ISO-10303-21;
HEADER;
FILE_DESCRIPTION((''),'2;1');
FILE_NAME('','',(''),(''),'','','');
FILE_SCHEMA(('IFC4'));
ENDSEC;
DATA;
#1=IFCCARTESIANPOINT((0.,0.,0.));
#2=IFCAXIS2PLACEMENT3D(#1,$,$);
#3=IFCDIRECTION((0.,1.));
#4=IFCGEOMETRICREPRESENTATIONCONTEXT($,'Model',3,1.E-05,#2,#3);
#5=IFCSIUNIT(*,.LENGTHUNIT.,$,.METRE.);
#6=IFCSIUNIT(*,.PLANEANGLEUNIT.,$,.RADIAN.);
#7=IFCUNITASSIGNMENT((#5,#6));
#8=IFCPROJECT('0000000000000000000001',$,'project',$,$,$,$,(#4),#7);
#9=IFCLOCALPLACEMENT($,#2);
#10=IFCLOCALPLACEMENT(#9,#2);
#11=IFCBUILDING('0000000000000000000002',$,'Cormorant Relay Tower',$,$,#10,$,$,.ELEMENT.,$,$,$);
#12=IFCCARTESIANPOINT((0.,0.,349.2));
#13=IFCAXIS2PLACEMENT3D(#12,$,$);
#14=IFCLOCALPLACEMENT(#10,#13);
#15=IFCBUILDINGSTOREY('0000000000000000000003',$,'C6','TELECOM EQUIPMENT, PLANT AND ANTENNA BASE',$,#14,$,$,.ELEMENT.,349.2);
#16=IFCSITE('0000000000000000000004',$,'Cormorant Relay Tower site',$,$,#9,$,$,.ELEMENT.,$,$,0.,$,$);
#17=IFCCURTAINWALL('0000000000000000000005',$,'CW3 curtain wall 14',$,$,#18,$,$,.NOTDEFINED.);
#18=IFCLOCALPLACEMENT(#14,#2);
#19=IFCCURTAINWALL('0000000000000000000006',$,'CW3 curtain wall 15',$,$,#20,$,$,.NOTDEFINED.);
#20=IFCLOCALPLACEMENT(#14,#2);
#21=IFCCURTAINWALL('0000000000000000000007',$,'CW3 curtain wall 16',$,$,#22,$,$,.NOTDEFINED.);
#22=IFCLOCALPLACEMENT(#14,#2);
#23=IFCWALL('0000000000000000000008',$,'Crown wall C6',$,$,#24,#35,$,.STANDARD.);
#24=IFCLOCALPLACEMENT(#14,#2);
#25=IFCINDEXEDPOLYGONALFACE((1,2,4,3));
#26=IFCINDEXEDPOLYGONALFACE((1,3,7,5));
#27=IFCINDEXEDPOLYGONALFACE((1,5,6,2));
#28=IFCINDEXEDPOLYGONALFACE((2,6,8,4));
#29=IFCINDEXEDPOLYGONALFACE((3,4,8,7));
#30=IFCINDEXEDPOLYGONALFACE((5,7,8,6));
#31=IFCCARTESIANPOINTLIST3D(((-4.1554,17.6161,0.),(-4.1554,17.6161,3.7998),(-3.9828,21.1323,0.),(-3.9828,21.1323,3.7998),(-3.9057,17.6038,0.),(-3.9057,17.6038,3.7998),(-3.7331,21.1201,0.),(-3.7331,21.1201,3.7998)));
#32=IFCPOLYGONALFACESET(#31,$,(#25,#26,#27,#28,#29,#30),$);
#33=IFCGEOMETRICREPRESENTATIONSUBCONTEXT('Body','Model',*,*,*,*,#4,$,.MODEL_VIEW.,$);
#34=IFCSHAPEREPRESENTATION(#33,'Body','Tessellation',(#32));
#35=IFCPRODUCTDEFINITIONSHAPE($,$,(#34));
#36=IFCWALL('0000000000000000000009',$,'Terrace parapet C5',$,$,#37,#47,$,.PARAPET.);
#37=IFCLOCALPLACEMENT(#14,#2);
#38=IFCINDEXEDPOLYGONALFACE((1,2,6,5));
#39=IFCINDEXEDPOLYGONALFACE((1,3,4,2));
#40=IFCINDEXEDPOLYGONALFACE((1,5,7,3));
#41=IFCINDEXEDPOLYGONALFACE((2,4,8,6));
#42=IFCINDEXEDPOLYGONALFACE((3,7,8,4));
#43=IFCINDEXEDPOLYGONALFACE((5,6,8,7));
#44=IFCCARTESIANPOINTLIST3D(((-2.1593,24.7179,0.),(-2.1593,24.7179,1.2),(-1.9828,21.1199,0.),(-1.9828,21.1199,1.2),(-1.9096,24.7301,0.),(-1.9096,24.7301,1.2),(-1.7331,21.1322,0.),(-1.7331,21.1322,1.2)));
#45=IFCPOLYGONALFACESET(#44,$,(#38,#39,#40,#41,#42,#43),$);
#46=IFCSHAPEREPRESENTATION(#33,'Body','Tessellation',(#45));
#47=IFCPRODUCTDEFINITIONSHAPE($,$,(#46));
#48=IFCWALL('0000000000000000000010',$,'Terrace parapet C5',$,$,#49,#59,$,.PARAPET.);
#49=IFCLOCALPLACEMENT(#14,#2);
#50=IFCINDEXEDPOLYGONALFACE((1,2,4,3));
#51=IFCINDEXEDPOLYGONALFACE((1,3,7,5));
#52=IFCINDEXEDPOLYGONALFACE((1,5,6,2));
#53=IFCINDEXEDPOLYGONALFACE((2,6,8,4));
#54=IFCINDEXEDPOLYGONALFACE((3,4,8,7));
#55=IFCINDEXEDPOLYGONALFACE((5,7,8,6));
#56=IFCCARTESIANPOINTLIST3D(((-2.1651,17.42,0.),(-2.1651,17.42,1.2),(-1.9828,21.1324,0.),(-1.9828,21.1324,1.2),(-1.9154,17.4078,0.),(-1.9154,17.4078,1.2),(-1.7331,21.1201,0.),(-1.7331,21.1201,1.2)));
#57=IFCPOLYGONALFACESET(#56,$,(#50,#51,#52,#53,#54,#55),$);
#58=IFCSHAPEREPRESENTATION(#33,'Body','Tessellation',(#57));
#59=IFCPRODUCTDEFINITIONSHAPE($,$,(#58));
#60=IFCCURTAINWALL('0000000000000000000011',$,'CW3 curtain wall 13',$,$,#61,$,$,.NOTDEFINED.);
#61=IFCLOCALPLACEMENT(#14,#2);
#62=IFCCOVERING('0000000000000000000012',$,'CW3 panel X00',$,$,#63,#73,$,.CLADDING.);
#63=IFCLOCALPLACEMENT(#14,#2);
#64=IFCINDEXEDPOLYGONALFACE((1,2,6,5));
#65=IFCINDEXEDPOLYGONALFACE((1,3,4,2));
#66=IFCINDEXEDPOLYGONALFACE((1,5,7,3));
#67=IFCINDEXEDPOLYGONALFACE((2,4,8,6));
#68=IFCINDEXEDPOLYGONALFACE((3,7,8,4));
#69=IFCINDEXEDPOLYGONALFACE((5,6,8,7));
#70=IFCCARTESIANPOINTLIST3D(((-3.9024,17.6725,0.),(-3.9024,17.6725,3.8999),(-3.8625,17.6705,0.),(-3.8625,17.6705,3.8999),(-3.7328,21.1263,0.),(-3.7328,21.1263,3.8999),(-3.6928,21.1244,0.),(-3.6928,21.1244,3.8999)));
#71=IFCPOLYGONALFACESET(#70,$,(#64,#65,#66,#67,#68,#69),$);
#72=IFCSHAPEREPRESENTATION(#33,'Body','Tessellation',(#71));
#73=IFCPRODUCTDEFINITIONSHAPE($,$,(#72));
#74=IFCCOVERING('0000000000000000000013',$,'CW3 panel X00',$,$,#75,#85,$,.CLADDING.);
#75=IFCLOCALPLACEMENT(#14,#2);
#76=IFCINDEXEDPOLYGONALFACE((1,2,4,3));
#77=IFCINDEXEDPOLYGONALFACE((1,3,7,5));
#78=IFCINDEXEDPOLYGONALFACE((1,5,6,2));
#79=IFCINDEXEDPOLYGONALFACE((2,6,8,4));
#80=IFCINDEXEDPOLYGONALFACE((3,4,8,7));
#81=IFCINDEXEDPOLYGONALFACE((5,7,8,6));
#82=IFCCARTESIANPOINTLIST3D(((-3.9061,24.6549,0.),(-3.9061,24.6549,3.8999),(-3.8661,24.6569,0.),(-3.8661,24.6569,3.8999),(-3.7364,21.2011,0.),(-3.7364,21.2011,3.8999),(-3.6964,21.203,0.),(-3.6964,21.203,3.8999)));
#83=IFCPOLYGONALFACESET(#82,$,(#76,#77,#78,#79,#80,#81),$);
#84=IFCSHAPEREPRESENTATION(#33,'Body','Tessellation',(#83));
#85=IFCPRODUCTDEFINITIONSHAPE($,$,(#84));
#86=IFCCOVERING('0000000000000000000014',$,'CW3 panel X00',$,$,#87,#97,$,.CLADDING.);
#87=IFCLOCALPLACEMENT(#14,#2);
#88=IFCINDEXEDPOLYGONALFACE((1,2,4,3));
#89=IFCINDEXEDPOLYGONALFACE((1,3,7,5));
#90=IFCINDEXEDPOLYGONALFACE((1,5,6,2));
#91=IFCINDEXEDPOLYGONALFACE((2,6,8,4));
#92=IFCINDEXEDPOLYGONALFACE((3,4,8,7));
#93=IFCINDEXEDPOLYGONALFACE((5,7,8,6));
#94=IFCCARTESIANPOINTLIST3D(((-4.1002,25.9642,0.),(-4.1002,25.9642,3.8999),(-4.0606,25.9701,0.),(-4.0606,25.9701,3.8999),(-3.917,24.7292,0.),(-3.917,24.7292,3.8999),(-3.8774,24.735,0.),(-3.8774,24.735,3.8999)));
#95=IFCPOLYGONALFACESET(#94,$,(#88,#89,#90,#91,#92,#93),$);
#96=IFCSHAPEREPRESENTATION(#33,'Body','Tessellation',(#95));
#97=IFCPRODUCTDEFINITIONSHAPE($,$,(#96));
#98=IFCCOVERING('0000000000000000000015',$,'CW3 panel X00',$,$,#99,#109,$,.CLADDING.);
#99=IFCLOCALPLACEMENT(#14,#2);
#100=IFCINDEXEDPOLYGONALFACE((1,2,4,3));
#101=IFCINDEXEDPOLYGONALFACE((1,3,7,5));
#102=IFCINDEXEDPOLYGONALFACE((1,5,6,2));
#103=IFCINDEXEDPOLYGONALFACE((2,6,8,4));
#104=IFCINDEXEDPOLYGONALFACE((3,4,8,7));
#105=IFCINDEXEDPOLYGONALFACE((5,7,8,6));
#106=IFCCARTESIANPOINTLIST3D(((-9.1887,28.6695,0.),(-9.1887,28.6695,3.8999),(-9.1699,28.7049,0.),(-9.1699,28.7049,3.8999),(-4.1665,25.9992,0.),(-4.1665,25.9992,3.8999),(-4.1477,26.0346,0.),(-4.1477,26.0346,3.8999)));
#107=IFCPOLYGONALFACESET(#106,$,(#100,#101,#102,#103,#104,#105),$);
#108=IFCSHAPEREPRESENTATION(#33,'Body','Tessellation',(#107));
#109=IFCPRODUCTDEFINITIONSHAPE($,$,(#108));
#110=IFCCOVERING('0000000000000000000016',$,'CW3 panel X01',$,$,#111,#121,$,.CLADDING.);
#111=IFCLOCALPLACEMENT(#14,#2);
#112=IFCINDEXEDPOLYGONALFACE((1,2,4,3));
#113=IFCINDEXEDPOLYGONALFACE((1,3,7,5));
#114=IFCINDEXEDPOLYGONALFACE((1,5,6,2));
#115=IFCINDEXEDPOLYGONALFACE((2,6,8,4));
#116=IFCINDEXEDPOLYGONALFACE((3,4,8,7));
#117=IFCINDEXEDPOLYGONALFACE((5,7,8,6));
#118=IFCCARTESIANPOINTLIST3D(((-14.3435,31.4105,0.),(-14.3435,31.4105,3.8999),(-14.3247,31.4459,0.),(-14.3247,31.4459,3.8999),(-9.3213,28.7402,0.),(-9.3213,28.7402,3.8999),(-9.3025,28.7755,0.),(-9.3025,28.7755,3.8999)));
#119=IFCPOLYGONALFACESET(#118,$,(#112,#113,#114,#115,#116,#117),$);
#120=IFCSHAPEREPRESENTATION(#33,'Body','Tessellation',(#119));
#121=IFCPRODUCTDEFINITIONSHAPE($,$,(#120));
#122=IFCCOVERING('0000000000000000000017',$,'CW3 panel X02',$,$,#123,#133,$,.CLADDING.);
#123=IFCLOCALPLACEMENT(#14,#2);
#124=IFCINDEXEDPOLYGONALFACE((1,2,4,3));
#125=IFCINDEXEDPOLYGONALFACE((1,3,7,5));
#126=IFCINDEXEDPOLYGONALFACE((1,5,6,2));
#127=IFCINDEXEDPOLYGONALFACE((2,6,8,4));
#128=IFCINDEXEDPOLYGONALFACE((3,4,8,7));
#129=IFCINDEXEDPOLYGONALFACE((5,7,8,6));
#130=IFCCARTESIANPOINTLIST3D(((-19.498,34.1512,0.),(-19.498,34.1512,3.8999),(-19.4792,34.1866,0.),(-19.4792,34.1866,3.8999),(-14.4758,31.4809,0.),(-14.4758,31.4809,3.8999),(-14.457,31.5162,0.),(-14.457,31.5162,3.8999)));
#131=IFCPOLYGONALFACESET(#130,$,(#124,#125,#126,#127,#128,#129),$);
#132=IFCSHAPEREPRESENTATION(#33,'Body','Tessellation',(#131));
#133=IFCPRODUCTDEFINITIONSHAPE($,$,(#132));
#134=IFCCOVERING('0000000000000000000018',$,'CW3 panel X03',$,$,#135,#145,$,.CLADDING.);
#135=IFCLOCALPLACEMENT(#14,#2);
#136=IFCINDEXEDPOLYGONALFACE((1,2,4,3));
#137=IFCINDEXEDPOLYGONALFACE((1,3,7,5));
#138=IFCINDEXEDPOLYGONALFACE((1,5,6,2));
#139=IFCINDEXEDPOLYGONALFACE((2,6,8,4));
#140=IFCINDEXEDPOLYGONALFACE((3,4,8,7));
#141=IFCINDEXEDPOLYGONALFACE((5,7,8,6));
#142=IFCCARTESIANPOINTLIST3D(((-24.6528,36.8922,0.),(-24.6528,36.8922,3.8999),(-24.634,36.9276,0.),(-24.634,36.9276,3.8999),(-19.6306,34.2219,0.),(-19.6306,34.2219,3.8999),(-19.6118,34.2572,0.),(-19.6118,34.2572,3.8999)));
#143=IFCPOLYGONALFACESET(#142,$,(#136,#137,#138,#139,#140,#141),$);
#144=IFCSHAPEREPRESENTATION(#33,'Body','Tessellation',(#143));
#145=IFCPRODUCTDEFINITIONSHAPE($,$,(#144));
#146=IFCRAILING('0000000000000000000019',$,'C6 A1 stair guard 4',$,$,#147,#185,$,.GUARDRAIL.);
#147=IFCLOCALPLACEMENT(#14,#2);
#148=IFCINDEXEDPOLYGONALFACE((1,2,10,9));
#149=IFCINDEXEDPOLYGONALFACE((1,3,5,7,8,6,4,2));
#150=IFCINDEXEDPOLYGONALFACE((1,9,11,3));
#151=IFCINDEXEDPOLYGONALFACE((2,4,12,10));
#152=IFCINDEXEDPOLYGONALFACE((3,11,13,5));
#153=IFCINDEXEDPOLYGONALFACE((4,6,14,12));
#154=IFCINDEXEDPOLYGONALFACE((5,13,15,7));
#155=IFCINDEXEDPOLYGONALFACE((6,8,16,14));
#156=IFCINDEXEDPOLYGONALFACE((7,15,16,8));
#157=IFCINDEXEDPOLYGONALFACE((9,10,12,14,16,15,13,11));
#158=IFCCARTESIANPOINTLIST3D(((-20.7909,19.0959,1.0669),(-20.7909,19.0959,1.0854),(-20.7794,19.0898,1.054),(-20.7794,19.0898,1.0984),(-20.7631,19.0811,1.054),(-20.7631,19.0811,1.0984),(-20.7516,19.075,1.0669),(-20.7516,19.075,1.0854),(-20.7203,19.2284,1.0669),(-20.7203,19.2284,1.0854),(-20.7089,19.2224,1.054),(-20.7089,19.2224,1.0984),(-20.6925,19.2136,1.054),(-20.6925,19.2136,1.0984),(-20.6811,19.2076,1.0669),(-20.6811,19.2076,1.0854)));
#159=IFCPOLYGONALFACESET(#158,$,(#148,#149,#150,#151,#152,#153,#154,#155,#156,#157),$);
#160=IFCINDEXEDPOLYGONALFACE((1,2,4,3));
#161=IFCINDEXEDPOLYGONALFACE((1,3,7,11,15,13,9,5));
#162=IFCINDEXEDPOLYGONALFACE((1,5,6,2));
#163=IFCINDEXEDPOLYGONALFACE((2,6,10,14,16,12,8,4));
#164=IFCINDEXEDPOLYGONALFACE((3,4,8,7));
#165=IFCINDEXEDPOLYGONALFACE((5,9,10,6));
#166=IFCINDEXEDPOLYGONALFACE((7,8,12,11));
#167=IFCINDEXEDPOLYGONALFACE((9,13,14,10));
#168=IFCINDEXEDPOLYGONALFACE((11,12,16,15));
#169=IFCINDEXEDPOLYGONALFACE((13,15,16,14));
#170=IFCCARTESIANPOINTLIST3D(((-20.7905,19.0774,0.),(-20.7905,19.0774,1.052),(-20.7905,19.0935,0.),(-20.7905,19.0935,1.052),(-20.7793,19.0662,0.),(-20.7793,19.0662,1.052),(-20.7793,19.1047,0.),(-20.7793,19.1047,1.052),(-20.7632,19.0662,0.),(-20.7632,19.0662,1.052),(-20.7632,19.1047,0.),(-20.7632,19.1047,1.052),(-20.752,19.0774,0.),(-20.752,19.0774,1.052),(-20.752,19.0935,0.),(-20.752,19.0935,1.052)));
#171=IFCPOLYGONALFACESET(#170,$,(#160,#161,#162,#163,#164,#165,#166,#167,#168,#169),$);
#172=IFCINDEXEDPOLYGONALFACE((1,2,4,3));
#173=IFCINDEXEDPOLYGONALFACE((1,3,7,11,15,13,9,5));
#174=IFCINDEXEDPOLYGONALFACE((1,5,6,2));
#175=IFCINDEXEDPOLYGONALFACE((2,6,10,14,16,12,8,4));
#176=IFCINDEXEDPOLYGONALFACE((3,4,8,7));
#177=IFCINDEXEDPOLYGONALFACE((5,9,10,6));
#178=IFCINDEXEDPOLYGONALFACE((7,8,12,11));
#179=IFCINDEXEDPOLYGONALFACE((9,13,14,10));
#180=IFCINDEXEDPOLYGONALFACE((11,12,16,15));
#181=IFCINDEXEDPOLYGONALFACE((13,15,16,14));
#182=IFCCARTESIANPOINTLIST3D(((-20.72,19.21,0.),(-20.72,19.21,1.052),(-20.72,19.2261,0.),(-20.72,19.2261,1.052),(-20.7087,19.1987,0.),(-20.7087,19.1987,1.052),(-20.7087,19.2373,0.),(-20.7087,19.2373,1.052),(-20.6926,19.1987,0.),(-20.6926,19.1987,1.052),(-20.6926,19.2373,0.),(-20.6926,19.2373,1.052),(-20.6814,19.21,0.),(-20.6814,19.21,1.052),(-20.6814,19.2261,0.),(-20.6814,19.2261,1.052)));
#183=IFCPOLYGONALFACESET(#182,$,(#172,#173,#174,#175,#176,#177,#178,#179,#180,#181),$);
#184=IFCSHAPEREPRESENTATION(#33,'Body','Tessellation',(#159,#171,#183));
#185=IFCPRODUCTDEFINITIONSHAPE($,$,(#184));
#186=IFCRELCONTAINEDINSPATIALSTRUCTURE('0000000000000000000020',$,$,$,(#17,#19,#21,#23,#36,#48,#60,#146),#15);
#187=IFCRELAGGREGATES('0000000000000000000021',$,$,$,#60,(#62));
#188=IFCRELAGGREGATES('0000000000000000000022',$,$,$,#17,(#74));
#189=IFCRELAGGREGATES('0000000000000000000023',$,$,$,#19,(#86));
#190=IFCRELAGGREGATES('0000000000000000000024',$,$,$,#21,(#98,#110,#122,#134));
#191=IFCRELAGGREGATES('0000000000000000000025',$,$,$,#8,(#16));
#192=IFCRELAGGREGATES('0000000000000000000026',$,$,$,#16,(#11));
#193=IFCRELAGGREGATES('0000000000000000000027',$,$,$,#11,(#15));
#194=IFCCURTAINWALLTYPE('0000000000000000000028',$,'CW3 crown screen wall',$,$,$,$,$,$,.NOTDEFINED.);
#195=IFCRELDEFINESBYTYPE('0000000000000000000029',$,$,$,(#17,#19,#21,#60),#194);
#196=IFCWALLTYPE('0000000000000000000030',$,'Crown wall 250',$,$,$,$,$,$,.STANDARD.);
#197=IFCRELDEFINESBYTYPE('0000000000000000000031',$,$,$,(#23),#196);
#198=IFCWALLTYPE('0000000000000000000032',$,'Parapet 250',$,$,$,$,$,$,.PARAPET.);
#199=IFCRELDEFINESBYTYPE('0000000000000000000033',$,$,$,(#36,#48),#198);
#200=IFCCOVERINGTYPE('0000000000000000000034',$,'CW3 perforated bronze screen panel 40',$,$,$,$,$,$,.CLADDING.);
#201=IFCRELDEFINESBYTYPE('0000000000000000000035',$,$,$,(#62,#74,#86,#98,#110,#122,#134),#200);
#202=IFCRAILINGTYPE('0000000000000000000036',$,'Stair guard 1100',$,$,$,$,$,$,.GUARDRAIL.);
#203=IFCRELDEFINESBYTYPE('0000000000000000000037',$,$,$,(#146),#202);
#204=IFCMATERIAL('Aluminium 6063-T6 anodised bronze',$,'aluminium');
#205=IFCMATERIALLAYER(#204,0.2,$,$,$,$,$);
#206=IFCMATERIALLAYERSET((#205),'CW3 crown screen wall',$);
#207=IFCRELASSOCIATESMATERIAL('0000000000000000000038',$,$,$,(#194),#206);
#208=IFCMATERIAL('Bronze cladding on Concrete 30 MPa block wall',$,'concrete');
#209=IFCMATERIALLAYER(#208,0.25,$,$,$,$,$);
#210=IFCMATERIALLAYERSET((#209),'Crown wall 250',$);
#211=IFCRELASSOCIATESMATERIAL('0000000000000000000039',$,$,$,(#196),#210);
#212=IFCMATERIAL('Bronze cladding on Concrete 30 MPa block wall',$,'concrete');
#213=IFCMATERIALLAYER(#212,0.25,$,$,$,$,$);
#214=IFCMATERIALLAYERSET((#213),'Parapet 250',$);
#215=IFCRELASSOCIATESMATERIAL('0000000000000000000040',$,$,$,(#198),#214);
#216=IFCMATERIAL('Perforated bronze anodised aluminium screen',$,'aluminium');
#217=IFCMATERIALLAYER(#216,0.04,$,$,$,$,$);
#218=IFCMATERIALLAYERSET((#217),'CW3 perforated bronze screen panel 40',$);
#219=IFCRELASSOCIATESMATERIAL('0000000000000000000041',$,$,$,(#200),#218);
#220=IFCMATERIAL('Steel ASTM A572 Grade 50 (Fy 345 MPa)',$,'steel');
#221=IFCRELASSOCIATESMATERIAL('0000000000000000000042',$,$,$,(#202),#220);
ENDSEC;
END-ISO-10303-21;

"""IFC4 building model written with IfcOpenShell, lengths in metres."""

from ifc_helpers import new_model, si_unit, direction, frame, frame_2d, origin, origin_2d, place, context, subcontext, project, spatial, polyline, rectangle, outline, extrude, material, layer, layer_set, type_object, element, aggregate, save


model = new_model("IFC4")

# Units and contexts
model_context = context("Model", 3, precision=1e-05, world=origin(), true_north=direction((0.0, 1.0)))
body_context = subcontext(model_context, "Body", "Model", "MODEL_VIEW")
ifc_project = project(units=[si_unit("LENGTHUNIT", "METRE"), si_unit("PLANEANGLEUNIT", "RADIAN")], contexts=[model_context])

# Site, building, storey
site_placement = place(None, origin())
site = spatial("IfcSite", under=ifc_project, at=site_placement, Name="Cormorant Relay Tower site", CompositionType="ELEMENT", RefElevation=0.0)
building_placement = place(site_placement, origin())
building = spatial("IfcBuilding", under=site, at=building_placement, Name="Cormorant Relay Tower", CompositionType="ELEMENT")
storey_placement = place(building_placement, frame((0.0, 0.0, 349.2)))
storey = spatial("IfcBuildingStorey", under=building, at=storey_placement, Name="C6", Description="TELECOM EQUIPMENT, PLANT AND ANTENNA BASE", CompositionType="ELEMENT", Elevation=349.2)

# Curtain walls
ifc_material_1 = material(Name="Aluminium 6063-T6 anodised bronze", Category="aluminium")
ifc_layer_1 = layer(ifc_material_1, 0.2)
ifc_layer_set_1 = layer_set([ifc_layer_1], Name="CW3 crown screen wall")
curtain_wall_type = type_object("IfcCurtainWallType", Name="CW3 crown screen wall", PredefinedType="NOTDEFINED", material=ifc_layer_set_1)
curtain_wall_1_placement = place(storey_placement, origin())
curtain_wall_1 = element("IfcCurtainWall", 1, at=curtain_wall_1_placement, inside=storey, type_object=curtain_wall_type, Name="CW3 curtain wall 14", PredefinedType="NOTDEFINED")
curtain_wall_2_placement = place(storey_placement, origin())
curtain_wall_2 = element("IfcCurtainWall", 2, at=curtain_wall_2_placement, inside=storey, type_object=curtain_wall_type, Name="CW3 curtain wall 15", PredefinedType="NOTDEFINED")

# Curtain wall
curtain_wall_3_placement = place(storey_placement, origin())
curtain_wall_3 = element("IfcCurtainWall", 3, at=curtain_wall_3_placement, inside=storey, type_object=curtain_wall_type, Name="CW3 curtain wall 16", PredefinedType="NOTDEFINED")

# Walls
ifc_material_2 = material(Name="Bronze cladding on Concrete 30 MPa block wall", Category="concrete")
ifc_layer_2 = layer(ifc_material_2, 0.25)
ifc_layer_set_2 = layer_set([ifc_layer_2], Name="Crown wall 250")
wall_type_1 = type_object("IfcWallType", Name="Crown wall 250", PredefinedType="STANDARD", material=ifc_layer_set_2)
for number, where, z_axis, x_axis, name in (
    (4, (-3.8579, 21.1262, 0.0), (0.0, 0.0, 1.0), (-0.049028, -0.998797, 0.0), "Crown wall C6"),
):
    element("IfcWall", number, at=place(storey_placement, frame(where, z_axis=z_axis, x_axis=x_axis)), inside=storey, type_object=wall_type_1, Name=name, PredefinedType="STANDARD", context=body_context, shape_type="SweptSolid", body=[
        extrude(rectangle(XDim=3.5205, YDim=0.25, at=frame_2d((1.7603, 0.0))), origin(), (0.0, 0.0, 1.0), 3.7998),
    ])
ifc_material_3 = material(Name="Bronze cladding on Concrete 30 MPa block wall", Category="concrete")
ifc_layer_3 = layer(ifc_material_3, 0.25)
ifc_layer_set_3 = layer_set([ifc_layer_3], Name="Parapet 250")
wall_type_2 = type_object("IfcWallType", Name="Parapet 250", PredefinedType="PARAPET", material=ifc_layer_set_3)
wall_1_placement = place(storey_placement, frame((-2.0344, 24.7241, 0.0), z_axis=(0.0, 0.0, 1.0), x_axis=(0.049001, -0.998799, 0.0)))
element("IfcWall", 5, at=wall_1_placement, inside=storey, type_object=wall_type_2, Name="Terrace parapet C5", PredefinedType="PARAPET", context=body_context, shape_type="SweptSolid", body=[
    extrude(rectangle(XDim=3.6023, YDim=0.25, at=frame_2d((1.8013, 0.0))), origin(), (0.0, 0.0, 1.0), 1.2),
])
wall_2_placement = place(storey_placement, frame((-1.8579, 21.1262, 0.0), z_axis=(0.0, 0.0, 1.0), x_axis=(-0.049066, -0.998796, 0.0)))
element("IfcWall", 6, at=wall_2_placement, inside=storey, type_object=wall_type_2, Name="Terrace parapet C5", PredefinedType="PARAPET", context=body_context, shape_type="SweptSolid", body=[
    extrude(rectangle(XDim=3.7168, YDim=0.25, at=frame_2d((1.8584, 0.0))), origin(), (0.0, 0.0, 1.0), 1.2),
])

# Curtain wall, covering
curtain_wall_4_placement = place(storey_placement, origin())
curtain_wall_4 = element("IfcCurtainWall", 7, at=curtain_wall_4_placement, inside=storey, type_object=curtain_wall_type, Name="CW3 curtain wall 13", PredefinedType="NOTDEFINED")
ifc_material_4 = material(Name="Perforated bronze anodised aluminium screen", Category="aluminium")
ifc_layer_4 = layer(ifc_material_4, 0.04)
ifc_layer_set_4 = layer_set([ifc_layer_4], Name="CW3 perforated bronze screen panel 40")
covering_type = type_object("IfcCoveringType", Name="CW3 perforated bronze screen panel 40", PredefinedType="CLADDING", material=ifc_layer_set_4)
covering_1_placement = place(storey_placement, frame((-3.7976, 19.3984, 0.0), z_axis=(0.0, 0.0, 1.0), x_axis=(0.049068, 0.998795, 0.0)))
covering_1 = element("IfcCovering", 8, at=covering_1_placement, type_object=covering_type, Name="CW3 panel X00", PredefinedType="CLADDING", context=body_context, shape_type="SweptSolid", body=[
    extrude(rectangle(XDim=3.458, YDim=0.04, at=origin_2d()), origin(), (0.0, 0.0, 1.0), 3.8999),
])
aggregate(curtain_wall_4, [covering_1])

# Coverings
covering_2_placement = place(storey_placement, frame((-3.8013, 22.929, 0.0), z_axis=(0.0, 0.0, 1.0), x_axis=(-0.049068, 0.998795, 0.0)))
covering_2 = element("IfcCovering", 9, at=covering_2_placement, type_object=covering_type, Name="CW3 panel X00", PredefinedType="CLADDING", context=body_context, shape_type="SweptSolid", body=[
    extrude(rectangle(XDim=3.458, YDim=0.04, at=origin_2d()), origin(), (0.0, 0.0, 1.0), 3.8999),
])
aggregate(curtain_wall_1, [covering_2])
covering_3_placement = place(storey_placement, frame((-3.9888, 25.3496, 0.0), z_axis=(0.0, 0.0, 1.0), x_axis=(-0.14673, 0.989177, 0.0)))
covering_3 = element("IfcCovering", 10, at=covering_3_placement, type_object=covering_type, Name="CW3 panel X00", PredefinedType="CLADDING", context=body_context, shape_type="SweptSolid", body=[
    extrude(rectangle(XDim=1.2485, YDim=0.04, at=origin_2d()), origin(), (0.0, 0.0, 1.0), 3.8999),
])
aggregate(curtain_wall_2, [covering_3])
covering_4_placement = place(storey_placement, frame((-6.6682, 27.3521, 0.0), z_axis=(0.0, 0.0, 1.0), x_axis=(-0.882948, 0.469472, 0.0)))
covering_4 = element("IfcCovering", 11, at=covering_4_placement, type_object=covering_type, Name="CW3 panel X00", PredefinedType="CLADDING", context=body_context, shape_type="SweptSolid", body=[
    extrude(rectangle(XDim=5.688, YDim=0.04, at=origin_2d()), origin(), (0.0, 0.0, 1.0), 3.8999),
])
covering_5_placement = place(storey_placement, frame((-11.823, 30.093, 0.0), z_axis=(0.0, 0.0, 1.0), x_axis=(-0.882948, 0.469472, 0.0)))
covering_5 = element("IfcCovering", 12, at=covering_5_placement, type_object=covering_type, Name="CW3 panel X01", PredefinedType="CLADDING", context=body_context, shape_type="SweptSolid", body=[
    extrude(rectangle(XDim=5.688, YDim=0.04, at=origin_2d()), origin(), (0.0, 0.0, 1.0), 3.8999),
])
covering_6_placement = place(storey_placement, frame((-16.9775, 32.8337, 0.0), z_axis=(0.0, 0.0, 1.0), x_axis=(-0.882948, 0.469472, 0.0)))
covering_6 = element("IfcCovering", 13, at=covering_6_placement, type_object=covering_type, Name="CW3 panel X02", PredefinedType="CLADDING", context=body_context, shape_type="SweptSolid", body=[
    extrude(rectangle(XDim=5.688, YDim=0.04, at=origin_2d()), origin(), (0.0, 0.0, 1.0), 3.8999),
])
covering_7_placement = place(storey_placement, frame((-22.1323, 35.5747, 0.0), z_axis=(0.0, 0.0, 1.0), x_axis=(-0.882948, 0.469472, 0.0)))
covering_7 = element("IfcCovering", 14, at=covering_7_placement, type_object=covering_type, Name="CW3 panel X03", PredefinedType="CLADDING", context=body_context, shape_type="SweptSolid", body=[
    extrude(rectangle(XDim=5.688, YDim=0.04, at=origin_2d()), origin(), (0.0, 0.0, 1.0), 3.8999),
])
aggregate(curtain_wall_3, [covering_4, covering_5, covering_6, covering_7])

# Railing
ifc_material_5 = material(Name="Steel ASTM A572 Grade 50 (Fy 345 MPa)", Category="steel")
railing_type_1 = type_object("IfcRailingType", Name="Stair guard 1100", PredefinedType="GUARDRAIL", material=ifc_material_5)
railing_1_placement = place(storey_placement, frame((-20.7712, 19.0854, 0.0)))
element("IfcRailing", 15, at=railing_1_placement, inside=storey, type_object=railing_type_1, Name="C6 A1 stair guard 4", PredefinedType="GUARDRAIL", context=body_context, shape_type="SweptSolid", body=[
    extrude(outline(polyline([(0.0222, 0.0093), (0.0093, 0.0222), (-0.0093, 0.0222), (-0.0222, 0.0093), (-0.0222, -0.0093), (-0.0093, -0.0222), (0.0093, -0.0222), (0.0222, -0.0093), (0.0222, 0.0093)])), frame((0.0, 0.0, 1.0762), z_axis=(0.469829, 0.882758, 0.0), x_axis=(-0.882758, 0.469829, 0.0)), (0.0, 0.0, 1.0), 0.1501),
    extrude(outline(polyline([(0.0193, 0.0081), (0.0081, 0.0193), (-0.0081, 0.0193), (-0.0193, 0.0081), (-0.0193, -0.0081), (-0.0081, -0.0193), (0.0081, -0.0193), (0.0193, -0.0081), (0.0193, 0.0081)])), origin(), (0.0, 0.0, 1.0), 1.052),
    extrude(outline(polyline([(0.0193, 0.0081), (0.0081, 0.0193), (-0.0081, 0.0193), (-0.0193, 0.0081), (-0.0193, -0.0081), (-0.0081, -0.0193), (0.0081, -0.0193), (0.0193, -0.0081), (0.0193, 0.0081)])), frame((0.0706, 0.1326, 0.0)), (0.0, 0.0, 1.0), 1.052),
])

save(model, "model.ifc")
